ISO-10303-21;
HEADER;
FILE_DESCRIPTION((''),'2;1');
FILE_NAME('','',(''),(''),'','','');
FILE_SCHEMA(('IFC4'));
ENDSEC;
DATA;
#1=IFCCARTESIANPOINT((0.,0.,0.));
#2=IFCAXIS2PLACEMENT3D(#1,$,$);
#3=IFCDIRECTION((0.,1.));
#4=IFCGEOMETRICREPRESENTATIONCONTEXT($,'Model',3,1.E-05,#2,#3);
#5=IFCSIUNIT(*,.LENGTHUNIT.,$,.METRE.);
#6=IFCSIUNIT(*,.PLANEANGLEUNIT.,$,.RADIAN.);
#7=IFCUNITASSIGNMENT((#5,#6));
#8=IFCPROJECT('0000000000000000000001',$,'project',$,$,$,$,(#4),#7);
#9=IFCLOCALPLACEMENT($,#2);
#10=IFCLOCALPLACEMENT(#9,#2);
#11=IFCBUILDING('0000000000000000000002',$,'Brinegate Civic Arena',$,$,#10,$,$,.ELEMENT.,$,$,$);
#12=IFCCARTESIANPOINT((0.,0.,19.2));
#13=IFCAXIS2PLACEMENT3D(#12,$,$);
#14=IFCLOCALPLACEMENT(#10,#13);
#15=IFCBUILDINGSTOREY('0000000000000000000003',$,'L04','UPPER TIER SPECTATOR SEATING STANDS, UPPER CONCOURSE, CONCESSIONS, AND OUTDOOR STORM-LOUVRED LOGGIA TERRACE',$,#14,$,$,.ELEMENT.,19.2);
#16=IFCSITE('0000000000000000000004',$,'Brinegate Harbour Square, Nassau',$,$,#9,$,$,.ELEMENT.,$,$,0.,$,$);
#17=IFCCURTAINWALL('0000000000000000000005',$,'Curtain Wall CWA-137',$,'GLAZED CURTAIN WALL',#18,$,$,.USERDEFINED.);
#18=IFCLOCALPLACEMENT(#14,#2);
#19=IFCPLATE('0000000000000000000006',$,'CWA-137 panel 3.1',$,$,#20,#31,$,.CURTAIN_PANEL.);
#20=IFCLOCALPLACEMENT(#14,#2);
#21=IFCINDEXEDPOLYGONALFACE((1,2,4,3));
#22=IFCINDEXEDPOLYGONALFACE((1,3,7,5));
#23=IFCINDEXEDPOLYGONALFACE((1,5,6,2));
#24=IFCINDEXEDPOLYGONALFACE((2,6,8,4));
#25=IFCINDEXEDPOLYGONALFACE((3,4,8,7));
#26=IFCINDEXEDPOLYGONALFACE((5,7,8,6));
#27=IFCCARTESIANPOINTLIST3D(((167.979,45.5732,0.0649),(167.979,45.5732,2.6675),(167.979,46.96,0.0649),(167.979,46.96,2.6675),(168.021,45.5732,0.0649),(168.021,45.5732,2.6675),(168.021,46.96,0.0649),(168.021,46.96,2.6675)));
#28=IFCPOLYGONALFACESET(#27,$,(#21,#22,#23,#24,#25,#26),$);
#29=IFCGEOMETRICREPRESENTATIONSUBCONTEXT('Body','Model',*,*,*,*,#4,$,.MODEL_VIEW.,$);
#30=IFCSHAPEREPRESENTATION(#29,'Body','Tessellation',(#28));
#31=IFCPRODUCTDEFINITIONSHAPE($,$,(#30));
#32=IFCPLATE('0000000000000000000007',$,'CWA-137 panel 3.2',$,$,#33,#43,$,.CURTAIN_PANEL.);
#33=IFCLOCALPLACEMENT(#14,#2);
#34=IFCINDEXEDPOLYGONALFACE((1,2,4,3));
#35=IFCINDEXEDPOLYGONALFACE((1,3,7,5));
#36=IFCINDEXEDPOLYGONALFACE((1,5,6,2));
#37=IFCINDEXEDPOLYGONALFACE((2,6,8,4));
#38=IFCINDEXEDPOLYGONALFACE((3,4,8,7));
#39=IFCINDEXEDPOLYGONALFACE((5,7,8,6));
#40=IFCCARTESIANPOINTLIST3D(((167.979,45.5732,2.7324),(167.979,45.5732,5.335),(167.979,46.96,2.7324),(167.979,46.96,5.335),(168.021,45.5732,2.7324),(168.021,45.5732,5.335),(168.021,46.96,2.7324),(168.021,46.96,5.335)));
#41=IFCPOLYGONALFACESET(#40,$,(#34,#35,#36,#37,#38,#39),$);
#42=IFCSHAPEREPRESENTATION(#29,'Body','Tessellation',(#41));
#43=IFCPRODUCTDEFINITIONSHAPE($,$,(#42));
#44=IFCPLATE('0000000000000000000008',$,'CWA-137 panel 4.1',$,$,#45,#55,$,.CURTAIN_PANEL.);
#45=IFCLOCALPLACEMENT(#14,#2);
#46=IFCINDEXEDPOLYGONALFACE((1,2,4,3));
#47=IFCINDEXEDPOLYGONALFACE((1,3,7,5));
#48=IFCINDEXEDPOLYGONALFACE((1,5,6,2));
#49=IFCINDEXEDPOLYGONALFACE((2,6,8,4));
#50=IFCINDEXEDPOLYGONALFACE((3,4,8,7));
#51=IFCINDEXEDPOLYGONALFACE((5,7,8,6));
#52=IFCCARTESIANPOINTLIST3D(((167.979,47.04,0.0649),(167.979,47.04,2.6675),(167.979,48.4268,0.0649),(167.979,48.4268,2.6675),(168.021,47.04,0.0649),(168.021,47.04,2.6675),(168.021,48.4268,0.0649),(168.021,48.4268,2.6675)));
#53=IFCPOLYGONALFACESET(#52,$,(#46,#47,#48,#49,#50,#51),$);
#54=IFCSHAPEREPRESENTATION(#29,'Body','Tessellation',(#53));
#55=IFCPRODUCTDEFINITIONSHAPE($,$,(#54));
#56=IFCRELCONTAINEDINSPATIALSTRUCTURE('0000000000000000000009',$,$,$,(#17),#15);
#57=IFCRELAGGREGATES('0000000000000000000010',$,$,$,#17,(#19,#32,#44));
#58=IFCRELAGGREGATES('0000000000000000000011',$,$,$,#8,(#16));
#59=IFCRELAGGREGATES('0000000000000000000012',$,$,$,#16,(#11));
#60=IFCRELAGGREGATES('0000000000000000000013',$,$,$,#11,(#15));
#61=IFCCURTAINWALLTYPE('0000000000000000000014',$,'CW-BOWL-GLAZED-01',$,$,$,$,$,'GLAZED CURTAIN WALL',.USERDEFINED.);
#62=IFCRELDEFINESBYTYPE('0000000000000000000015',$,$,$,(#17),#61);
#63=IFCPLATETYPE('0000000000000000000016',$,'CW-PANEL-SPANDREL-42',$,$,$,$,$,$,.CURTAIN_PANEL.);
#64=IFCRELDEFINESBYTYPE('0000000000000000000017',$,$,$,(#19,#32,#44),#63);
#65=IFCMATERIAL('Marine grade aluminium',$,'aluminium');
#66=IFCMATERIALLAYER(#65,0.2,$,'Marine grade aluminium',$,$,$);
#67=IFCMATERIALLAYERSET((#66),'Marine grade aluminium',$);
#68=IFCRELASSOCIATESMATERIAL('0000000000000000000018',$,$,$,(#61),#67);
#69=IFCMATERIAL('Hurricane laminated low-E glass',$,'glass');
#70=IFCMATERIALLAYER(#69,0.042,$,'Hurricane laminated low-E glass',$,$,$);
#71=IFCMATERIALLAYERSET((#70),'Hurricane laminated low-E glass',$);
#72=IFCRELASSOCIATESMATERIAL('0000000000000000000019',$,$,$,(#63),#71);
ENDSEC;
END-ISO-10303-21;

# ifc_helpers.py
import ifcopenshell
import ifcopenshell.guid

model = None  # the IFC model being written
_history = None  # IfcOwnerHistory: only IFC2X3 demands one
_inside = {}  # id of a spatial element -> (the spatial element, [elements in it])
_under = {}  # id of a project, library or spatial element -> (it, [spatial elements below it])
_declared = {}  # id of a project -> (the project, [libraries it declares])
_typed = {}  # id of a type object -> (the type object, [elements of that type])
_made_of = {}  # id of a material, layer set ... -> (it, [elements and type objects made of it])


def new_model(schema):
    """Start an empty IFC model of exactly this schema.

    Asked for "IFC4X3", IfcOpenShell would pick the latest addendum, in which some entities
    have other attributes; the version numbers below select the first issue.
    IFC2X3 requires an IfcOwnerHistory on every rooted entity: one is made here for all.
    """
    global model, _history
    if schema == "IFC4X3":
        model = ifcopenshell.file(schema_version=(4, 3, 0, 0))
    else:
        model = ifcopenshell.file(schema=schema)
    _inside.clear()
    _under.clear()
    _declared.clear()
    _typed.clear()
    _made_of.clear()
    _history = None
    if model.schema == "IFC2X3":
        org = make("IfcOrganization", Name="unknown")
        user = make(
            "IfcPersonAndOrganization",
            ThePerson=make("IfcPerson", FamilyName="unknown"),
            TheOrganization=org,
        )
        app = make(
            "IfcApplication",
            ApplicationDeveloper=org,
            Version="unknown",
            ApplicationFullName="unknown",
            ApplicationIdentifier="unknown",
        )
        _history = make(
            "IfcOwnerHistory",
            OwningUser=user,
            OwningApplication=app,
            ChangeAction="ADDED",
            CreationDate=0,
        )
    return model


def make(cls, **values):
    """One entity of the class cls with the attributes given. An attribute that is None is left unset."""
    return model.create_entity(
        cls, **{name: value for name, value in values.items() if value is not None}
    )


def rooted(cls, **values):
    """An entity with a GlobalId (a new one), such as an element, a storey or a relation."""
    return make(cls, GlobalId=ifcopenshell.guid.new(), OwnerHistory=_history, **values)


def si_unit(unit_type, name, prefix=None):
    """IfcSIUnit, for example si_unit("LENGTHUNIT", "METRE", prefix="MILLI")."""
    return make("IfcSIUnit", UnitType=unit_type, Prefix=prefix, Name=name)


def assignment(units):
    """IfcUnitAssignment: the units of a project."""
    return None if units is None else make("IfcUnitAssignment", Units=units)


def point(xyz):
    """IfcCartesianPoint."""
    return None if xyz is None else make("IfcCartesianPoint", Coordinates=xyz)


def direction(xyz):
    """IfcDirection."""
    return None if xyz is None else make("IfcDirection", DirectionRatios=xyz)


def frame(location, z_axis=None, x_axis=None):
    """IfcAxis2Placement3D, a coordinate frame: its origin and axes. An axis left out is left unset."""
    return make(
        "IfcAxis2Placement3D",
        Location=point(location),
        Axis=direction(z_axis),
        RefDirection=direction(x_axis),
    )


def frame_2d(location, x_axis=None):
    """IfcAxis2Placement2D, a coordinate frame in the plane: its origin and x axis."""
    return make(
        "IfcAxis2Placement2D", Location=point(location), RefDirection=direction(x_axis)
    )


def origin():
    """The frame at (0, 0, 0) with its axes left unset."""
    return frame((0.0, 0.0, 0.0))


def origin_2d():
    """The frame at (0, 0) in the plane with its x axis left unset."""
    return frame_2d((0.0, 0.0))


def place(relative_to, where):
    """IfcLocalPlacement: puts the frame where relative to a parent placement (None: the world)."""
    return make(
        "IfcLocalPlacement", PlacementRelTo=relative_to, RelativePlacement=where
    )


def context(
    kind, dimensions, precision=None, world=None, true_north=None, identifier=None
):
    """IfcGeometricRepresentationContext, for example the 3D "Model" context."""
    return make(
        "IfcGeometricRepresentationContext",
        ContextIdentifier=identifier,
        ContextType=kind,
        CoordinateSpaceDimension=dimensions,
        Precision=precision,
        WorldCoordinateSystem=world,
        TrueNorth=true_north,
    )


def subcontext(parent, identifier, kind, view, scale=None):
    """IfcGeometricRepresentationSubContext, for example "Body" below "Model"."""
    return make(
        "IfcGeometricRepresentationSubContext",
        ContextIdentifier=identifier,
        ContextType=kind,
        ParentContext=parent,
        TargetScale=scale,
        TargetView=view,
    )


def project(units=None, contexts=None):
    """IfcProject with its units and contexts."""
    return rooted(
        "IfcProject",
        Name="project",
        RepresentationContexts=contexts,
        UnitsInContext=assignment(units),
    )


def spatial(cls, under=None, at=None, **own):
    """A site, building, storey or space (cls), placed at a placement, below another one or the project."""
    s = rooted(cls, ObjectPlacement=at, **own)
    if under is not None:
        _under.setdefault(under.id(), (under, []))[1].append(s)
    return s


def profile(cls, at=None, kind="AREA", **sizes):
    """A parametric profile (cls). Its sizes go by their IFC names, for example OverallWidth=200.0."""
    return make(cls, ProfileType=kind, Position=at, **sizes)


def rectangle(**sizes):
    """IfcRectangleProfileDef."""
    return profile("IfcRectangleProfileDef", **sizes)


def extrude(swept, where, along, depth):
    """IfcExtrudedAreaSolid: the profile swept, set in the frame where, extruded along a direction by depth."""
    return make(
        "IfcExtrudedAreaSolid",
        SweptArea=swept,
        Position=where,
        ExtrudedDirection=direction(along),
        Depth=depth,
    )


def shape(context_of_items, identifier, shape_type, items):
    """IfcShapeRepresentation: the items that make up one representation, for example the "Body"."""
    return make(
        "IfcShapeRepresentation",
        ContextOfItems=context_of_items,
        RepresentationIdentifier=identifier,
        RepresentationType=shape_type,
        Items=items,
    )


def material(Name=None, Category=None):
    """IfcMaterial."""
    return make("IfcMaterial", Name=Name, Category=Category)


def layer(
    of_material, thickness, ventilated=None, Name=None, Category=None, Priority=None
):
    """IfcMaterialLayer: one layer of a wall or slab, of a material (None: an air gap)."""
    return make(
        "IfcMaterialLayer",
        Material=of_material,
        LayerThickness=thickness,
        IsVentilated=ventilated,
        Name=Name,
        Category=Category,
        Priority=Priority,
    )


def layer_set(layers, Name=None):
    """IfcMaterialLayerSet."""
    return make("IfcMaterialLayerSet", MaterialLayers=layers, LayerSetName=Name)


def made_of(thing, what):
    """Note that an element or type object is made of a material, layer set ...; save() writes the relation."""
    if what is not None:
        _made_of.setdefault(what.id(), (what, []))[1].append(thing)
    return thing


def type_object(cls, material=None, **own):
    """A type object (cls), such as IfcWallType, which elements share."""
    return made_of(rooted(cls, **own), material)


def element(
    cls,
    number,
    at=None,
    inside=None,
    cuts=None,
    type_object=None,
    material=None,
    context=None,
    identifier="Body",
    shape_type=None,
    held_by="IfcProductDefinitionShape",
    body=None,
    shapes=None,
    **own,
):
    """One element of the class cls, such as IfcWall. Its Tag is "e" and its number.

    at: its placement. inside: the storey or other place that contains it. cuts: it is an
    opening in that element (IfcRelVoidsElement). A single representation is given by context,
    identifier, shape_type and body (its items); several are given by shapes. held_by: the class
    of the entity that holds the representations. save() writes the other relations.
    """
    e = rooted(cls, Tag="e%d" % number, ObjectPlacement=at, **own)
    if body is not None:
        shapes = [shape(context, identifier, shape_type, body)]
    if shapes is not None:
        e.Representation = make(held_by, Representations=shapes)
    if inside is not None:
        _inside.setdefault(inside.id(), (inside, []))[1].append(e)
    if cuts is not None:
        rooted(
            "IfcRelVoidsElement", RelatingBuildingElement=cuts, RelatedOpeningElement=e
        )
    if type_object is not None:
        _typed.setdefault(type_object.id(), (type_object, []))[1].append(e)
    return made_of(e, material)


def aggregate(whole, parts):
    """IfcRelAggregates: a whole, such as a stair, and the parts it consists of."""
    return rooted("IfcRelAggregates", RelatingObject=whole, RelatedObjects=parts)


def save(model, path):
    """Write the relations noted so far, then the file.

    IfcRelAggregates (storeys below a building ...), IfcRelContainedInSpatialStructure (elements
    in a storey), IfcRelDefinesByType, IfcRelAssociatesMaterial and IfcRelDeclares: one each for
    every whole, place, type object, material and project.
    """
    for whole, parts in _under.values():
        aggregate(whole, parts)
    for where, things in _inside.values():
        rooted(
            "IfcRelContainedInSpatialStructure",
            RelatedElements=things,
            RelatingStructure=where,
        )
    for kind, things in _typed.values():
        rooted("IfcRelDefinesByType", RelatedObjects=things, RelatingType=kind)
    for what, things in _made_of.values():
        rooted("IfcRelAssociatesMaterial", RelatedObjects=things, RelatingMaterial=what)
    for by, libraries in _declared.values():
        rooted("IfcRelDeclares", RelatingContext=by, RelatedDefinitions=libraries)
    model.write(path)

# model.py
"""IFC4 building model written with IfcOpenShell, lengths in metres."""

from ifc_helpers import new_model, si_unit, direction, frame, origin, origin_2d, place, context, subcontext, project, spatial, rectangle, extrude, material, layer, layer_set, type_object, element, aggregate, save


model = new_model("IFC4")

# Units and contexts
model_context = context("Model", 3, precision=1e-05, world=origin(), true_north=direction((0.0, 1.0)))
body_context = subcontext(model_context, "Body", "Model", "MODEL_VIEW")
ifc_project = project(units=[si_unit("LENGTHUNIT", "METRE"), si_unit("PLANEANGLEUNIT", "RADIAN")], contexts=[model_context])

# Site, building, storey
site_placement = place(None, origin())
site = spatial("IfcSite", under=ifc_project, at=site_placement, Name="Brinegate Harbour Square, Nassau", CompositionType="ELEMENT", RefElevation=0.0)
building_placement = place(site_placement, origin())
building = spatial("IfcBuilding", under=site, at=building_placement, Name="Brinegate Civic Arena", CompositionType="ELEMENT")
storey_placement = place(building_placement, frame((0.0, 0.0, 19.2)))
storey = spatial("IfcBuildingStorey", under=building, at=storey_placement, Name="L04", Description="UPPER TIER SPECTATOR SEATING STANDS, UPPER CONCOURSE, CONCESSIONS, AND OUTDOOR STORM-LOUVRED LOGGIA TERRACE", CompositionType="ELEMENT", Elevation=19.2)

# Curtain wall, plates
ifc_material_1 = material(Name="Marine grade aluminium", Category="aluminium")
ifc_layer_1 = layer(ifc_material_1, 0.2, Name="Marine grade aluminium")
ifc_layer_set_1 = layer_set([ifc_layer_1], Name="Marine grade aluminium")
curtain_wall_type = type_object("IfcCurtainWallType", Name="CW-BOWL-GLAZED-01", ElementType="GLAZED CURTAIN WALL", PredefinedType="USERDEFINED", material=ifc_layer_set_1)
curtain_wall_placement = place(storey_placement, origin())
curtain_wall = element("IfcCurtainWall", 1, at=curtain_wall_placement, inside=storey, type_object=curtain_wall_type, Name="Curtain Wall CWA-137", ObjectType="GLAZED CURTAIN WALL", PredefinedType="USERDEFINED")
ifc_material_2 = material(Name="Hurricane laminated low-E glass", Category="glass")
ifc_layer_2 = layer(ifc_material_2, 0.042, Name="Hurricane laminated low-E glass")
ifc_layer_set_2 = layer_set([ifc_layer_2], Name="Hurricane laminated low-E glass")
plate_type = type_object("IfcPlateType", Name="CW-PANEL-SPANDREL-42", PredefinedType="CURTAIN_PANEL", material=ifc_layer_set_2)
plate_1_placement = place(storey_placement, frame((168.0, 46.2666, 0.0649), z_axis=(0.0, 0.0, 1.0), x_axis=(0.0, 1.0, 0.0)))
plate_1 = element("IfcPlate", 2, at=plate_1_placement, type_object=plate_type, Name="CWA-137 panel 3.1", PredefinedType="CURTAIN_PANEL", context=body_context, shape_type="SweptSolid", body=[
    extrude(rectangle(XDim=1.3867, YDim=0.042, at=origin_2d()), origin(), (0.0, 0.0, 1.0), 2.6025),
])
plate_2_placement = place(storey_placement, frame((168.0, 46.2666, 2.7324), z_axis=(0.0, 0.0, 1.0), x_axis=(0.0, 1.0, 0.0)))
plate_2 = element("IfcPlate", 3, at=plate_2_placement, type_object=plate_type, Name="CWA-137 panel 3.2", PredefinedType="CURTAIN_PANEL", context=body_context, shape_type="SweptSolid", body=[
    extrude(rectangle(XDim=1.3867, YDim=0.042, at=origin_2d()), origin(), (0.0, 0.0, 1.0), 2.6025),
])
plate_3_placement = place(storey_placement, frame((168.0, 47.7334, 0.0649), z_axis=(0.0, 0.0, 1.0), x_axis=(0.0, 1.0, 0.0)))
plate_3 = element("IfcPlate", 4, at=plate_3_placement, type_object=plate_type, Name="CWA-137 panel 4.1", PredefinedType="CURTAIN_PANEL", context=body_context, shape_type="SweptSolid", body=[
    extrude(rectangle(XDim=1.3867, YDim=0.042, at=origin_2d()), origin(), (0.0, 0.0, 1.0), 2.6025),
])
aggregate(curtain_wall, [plate_1, plate_2, plate_3])

save(model, "model.ifc")
